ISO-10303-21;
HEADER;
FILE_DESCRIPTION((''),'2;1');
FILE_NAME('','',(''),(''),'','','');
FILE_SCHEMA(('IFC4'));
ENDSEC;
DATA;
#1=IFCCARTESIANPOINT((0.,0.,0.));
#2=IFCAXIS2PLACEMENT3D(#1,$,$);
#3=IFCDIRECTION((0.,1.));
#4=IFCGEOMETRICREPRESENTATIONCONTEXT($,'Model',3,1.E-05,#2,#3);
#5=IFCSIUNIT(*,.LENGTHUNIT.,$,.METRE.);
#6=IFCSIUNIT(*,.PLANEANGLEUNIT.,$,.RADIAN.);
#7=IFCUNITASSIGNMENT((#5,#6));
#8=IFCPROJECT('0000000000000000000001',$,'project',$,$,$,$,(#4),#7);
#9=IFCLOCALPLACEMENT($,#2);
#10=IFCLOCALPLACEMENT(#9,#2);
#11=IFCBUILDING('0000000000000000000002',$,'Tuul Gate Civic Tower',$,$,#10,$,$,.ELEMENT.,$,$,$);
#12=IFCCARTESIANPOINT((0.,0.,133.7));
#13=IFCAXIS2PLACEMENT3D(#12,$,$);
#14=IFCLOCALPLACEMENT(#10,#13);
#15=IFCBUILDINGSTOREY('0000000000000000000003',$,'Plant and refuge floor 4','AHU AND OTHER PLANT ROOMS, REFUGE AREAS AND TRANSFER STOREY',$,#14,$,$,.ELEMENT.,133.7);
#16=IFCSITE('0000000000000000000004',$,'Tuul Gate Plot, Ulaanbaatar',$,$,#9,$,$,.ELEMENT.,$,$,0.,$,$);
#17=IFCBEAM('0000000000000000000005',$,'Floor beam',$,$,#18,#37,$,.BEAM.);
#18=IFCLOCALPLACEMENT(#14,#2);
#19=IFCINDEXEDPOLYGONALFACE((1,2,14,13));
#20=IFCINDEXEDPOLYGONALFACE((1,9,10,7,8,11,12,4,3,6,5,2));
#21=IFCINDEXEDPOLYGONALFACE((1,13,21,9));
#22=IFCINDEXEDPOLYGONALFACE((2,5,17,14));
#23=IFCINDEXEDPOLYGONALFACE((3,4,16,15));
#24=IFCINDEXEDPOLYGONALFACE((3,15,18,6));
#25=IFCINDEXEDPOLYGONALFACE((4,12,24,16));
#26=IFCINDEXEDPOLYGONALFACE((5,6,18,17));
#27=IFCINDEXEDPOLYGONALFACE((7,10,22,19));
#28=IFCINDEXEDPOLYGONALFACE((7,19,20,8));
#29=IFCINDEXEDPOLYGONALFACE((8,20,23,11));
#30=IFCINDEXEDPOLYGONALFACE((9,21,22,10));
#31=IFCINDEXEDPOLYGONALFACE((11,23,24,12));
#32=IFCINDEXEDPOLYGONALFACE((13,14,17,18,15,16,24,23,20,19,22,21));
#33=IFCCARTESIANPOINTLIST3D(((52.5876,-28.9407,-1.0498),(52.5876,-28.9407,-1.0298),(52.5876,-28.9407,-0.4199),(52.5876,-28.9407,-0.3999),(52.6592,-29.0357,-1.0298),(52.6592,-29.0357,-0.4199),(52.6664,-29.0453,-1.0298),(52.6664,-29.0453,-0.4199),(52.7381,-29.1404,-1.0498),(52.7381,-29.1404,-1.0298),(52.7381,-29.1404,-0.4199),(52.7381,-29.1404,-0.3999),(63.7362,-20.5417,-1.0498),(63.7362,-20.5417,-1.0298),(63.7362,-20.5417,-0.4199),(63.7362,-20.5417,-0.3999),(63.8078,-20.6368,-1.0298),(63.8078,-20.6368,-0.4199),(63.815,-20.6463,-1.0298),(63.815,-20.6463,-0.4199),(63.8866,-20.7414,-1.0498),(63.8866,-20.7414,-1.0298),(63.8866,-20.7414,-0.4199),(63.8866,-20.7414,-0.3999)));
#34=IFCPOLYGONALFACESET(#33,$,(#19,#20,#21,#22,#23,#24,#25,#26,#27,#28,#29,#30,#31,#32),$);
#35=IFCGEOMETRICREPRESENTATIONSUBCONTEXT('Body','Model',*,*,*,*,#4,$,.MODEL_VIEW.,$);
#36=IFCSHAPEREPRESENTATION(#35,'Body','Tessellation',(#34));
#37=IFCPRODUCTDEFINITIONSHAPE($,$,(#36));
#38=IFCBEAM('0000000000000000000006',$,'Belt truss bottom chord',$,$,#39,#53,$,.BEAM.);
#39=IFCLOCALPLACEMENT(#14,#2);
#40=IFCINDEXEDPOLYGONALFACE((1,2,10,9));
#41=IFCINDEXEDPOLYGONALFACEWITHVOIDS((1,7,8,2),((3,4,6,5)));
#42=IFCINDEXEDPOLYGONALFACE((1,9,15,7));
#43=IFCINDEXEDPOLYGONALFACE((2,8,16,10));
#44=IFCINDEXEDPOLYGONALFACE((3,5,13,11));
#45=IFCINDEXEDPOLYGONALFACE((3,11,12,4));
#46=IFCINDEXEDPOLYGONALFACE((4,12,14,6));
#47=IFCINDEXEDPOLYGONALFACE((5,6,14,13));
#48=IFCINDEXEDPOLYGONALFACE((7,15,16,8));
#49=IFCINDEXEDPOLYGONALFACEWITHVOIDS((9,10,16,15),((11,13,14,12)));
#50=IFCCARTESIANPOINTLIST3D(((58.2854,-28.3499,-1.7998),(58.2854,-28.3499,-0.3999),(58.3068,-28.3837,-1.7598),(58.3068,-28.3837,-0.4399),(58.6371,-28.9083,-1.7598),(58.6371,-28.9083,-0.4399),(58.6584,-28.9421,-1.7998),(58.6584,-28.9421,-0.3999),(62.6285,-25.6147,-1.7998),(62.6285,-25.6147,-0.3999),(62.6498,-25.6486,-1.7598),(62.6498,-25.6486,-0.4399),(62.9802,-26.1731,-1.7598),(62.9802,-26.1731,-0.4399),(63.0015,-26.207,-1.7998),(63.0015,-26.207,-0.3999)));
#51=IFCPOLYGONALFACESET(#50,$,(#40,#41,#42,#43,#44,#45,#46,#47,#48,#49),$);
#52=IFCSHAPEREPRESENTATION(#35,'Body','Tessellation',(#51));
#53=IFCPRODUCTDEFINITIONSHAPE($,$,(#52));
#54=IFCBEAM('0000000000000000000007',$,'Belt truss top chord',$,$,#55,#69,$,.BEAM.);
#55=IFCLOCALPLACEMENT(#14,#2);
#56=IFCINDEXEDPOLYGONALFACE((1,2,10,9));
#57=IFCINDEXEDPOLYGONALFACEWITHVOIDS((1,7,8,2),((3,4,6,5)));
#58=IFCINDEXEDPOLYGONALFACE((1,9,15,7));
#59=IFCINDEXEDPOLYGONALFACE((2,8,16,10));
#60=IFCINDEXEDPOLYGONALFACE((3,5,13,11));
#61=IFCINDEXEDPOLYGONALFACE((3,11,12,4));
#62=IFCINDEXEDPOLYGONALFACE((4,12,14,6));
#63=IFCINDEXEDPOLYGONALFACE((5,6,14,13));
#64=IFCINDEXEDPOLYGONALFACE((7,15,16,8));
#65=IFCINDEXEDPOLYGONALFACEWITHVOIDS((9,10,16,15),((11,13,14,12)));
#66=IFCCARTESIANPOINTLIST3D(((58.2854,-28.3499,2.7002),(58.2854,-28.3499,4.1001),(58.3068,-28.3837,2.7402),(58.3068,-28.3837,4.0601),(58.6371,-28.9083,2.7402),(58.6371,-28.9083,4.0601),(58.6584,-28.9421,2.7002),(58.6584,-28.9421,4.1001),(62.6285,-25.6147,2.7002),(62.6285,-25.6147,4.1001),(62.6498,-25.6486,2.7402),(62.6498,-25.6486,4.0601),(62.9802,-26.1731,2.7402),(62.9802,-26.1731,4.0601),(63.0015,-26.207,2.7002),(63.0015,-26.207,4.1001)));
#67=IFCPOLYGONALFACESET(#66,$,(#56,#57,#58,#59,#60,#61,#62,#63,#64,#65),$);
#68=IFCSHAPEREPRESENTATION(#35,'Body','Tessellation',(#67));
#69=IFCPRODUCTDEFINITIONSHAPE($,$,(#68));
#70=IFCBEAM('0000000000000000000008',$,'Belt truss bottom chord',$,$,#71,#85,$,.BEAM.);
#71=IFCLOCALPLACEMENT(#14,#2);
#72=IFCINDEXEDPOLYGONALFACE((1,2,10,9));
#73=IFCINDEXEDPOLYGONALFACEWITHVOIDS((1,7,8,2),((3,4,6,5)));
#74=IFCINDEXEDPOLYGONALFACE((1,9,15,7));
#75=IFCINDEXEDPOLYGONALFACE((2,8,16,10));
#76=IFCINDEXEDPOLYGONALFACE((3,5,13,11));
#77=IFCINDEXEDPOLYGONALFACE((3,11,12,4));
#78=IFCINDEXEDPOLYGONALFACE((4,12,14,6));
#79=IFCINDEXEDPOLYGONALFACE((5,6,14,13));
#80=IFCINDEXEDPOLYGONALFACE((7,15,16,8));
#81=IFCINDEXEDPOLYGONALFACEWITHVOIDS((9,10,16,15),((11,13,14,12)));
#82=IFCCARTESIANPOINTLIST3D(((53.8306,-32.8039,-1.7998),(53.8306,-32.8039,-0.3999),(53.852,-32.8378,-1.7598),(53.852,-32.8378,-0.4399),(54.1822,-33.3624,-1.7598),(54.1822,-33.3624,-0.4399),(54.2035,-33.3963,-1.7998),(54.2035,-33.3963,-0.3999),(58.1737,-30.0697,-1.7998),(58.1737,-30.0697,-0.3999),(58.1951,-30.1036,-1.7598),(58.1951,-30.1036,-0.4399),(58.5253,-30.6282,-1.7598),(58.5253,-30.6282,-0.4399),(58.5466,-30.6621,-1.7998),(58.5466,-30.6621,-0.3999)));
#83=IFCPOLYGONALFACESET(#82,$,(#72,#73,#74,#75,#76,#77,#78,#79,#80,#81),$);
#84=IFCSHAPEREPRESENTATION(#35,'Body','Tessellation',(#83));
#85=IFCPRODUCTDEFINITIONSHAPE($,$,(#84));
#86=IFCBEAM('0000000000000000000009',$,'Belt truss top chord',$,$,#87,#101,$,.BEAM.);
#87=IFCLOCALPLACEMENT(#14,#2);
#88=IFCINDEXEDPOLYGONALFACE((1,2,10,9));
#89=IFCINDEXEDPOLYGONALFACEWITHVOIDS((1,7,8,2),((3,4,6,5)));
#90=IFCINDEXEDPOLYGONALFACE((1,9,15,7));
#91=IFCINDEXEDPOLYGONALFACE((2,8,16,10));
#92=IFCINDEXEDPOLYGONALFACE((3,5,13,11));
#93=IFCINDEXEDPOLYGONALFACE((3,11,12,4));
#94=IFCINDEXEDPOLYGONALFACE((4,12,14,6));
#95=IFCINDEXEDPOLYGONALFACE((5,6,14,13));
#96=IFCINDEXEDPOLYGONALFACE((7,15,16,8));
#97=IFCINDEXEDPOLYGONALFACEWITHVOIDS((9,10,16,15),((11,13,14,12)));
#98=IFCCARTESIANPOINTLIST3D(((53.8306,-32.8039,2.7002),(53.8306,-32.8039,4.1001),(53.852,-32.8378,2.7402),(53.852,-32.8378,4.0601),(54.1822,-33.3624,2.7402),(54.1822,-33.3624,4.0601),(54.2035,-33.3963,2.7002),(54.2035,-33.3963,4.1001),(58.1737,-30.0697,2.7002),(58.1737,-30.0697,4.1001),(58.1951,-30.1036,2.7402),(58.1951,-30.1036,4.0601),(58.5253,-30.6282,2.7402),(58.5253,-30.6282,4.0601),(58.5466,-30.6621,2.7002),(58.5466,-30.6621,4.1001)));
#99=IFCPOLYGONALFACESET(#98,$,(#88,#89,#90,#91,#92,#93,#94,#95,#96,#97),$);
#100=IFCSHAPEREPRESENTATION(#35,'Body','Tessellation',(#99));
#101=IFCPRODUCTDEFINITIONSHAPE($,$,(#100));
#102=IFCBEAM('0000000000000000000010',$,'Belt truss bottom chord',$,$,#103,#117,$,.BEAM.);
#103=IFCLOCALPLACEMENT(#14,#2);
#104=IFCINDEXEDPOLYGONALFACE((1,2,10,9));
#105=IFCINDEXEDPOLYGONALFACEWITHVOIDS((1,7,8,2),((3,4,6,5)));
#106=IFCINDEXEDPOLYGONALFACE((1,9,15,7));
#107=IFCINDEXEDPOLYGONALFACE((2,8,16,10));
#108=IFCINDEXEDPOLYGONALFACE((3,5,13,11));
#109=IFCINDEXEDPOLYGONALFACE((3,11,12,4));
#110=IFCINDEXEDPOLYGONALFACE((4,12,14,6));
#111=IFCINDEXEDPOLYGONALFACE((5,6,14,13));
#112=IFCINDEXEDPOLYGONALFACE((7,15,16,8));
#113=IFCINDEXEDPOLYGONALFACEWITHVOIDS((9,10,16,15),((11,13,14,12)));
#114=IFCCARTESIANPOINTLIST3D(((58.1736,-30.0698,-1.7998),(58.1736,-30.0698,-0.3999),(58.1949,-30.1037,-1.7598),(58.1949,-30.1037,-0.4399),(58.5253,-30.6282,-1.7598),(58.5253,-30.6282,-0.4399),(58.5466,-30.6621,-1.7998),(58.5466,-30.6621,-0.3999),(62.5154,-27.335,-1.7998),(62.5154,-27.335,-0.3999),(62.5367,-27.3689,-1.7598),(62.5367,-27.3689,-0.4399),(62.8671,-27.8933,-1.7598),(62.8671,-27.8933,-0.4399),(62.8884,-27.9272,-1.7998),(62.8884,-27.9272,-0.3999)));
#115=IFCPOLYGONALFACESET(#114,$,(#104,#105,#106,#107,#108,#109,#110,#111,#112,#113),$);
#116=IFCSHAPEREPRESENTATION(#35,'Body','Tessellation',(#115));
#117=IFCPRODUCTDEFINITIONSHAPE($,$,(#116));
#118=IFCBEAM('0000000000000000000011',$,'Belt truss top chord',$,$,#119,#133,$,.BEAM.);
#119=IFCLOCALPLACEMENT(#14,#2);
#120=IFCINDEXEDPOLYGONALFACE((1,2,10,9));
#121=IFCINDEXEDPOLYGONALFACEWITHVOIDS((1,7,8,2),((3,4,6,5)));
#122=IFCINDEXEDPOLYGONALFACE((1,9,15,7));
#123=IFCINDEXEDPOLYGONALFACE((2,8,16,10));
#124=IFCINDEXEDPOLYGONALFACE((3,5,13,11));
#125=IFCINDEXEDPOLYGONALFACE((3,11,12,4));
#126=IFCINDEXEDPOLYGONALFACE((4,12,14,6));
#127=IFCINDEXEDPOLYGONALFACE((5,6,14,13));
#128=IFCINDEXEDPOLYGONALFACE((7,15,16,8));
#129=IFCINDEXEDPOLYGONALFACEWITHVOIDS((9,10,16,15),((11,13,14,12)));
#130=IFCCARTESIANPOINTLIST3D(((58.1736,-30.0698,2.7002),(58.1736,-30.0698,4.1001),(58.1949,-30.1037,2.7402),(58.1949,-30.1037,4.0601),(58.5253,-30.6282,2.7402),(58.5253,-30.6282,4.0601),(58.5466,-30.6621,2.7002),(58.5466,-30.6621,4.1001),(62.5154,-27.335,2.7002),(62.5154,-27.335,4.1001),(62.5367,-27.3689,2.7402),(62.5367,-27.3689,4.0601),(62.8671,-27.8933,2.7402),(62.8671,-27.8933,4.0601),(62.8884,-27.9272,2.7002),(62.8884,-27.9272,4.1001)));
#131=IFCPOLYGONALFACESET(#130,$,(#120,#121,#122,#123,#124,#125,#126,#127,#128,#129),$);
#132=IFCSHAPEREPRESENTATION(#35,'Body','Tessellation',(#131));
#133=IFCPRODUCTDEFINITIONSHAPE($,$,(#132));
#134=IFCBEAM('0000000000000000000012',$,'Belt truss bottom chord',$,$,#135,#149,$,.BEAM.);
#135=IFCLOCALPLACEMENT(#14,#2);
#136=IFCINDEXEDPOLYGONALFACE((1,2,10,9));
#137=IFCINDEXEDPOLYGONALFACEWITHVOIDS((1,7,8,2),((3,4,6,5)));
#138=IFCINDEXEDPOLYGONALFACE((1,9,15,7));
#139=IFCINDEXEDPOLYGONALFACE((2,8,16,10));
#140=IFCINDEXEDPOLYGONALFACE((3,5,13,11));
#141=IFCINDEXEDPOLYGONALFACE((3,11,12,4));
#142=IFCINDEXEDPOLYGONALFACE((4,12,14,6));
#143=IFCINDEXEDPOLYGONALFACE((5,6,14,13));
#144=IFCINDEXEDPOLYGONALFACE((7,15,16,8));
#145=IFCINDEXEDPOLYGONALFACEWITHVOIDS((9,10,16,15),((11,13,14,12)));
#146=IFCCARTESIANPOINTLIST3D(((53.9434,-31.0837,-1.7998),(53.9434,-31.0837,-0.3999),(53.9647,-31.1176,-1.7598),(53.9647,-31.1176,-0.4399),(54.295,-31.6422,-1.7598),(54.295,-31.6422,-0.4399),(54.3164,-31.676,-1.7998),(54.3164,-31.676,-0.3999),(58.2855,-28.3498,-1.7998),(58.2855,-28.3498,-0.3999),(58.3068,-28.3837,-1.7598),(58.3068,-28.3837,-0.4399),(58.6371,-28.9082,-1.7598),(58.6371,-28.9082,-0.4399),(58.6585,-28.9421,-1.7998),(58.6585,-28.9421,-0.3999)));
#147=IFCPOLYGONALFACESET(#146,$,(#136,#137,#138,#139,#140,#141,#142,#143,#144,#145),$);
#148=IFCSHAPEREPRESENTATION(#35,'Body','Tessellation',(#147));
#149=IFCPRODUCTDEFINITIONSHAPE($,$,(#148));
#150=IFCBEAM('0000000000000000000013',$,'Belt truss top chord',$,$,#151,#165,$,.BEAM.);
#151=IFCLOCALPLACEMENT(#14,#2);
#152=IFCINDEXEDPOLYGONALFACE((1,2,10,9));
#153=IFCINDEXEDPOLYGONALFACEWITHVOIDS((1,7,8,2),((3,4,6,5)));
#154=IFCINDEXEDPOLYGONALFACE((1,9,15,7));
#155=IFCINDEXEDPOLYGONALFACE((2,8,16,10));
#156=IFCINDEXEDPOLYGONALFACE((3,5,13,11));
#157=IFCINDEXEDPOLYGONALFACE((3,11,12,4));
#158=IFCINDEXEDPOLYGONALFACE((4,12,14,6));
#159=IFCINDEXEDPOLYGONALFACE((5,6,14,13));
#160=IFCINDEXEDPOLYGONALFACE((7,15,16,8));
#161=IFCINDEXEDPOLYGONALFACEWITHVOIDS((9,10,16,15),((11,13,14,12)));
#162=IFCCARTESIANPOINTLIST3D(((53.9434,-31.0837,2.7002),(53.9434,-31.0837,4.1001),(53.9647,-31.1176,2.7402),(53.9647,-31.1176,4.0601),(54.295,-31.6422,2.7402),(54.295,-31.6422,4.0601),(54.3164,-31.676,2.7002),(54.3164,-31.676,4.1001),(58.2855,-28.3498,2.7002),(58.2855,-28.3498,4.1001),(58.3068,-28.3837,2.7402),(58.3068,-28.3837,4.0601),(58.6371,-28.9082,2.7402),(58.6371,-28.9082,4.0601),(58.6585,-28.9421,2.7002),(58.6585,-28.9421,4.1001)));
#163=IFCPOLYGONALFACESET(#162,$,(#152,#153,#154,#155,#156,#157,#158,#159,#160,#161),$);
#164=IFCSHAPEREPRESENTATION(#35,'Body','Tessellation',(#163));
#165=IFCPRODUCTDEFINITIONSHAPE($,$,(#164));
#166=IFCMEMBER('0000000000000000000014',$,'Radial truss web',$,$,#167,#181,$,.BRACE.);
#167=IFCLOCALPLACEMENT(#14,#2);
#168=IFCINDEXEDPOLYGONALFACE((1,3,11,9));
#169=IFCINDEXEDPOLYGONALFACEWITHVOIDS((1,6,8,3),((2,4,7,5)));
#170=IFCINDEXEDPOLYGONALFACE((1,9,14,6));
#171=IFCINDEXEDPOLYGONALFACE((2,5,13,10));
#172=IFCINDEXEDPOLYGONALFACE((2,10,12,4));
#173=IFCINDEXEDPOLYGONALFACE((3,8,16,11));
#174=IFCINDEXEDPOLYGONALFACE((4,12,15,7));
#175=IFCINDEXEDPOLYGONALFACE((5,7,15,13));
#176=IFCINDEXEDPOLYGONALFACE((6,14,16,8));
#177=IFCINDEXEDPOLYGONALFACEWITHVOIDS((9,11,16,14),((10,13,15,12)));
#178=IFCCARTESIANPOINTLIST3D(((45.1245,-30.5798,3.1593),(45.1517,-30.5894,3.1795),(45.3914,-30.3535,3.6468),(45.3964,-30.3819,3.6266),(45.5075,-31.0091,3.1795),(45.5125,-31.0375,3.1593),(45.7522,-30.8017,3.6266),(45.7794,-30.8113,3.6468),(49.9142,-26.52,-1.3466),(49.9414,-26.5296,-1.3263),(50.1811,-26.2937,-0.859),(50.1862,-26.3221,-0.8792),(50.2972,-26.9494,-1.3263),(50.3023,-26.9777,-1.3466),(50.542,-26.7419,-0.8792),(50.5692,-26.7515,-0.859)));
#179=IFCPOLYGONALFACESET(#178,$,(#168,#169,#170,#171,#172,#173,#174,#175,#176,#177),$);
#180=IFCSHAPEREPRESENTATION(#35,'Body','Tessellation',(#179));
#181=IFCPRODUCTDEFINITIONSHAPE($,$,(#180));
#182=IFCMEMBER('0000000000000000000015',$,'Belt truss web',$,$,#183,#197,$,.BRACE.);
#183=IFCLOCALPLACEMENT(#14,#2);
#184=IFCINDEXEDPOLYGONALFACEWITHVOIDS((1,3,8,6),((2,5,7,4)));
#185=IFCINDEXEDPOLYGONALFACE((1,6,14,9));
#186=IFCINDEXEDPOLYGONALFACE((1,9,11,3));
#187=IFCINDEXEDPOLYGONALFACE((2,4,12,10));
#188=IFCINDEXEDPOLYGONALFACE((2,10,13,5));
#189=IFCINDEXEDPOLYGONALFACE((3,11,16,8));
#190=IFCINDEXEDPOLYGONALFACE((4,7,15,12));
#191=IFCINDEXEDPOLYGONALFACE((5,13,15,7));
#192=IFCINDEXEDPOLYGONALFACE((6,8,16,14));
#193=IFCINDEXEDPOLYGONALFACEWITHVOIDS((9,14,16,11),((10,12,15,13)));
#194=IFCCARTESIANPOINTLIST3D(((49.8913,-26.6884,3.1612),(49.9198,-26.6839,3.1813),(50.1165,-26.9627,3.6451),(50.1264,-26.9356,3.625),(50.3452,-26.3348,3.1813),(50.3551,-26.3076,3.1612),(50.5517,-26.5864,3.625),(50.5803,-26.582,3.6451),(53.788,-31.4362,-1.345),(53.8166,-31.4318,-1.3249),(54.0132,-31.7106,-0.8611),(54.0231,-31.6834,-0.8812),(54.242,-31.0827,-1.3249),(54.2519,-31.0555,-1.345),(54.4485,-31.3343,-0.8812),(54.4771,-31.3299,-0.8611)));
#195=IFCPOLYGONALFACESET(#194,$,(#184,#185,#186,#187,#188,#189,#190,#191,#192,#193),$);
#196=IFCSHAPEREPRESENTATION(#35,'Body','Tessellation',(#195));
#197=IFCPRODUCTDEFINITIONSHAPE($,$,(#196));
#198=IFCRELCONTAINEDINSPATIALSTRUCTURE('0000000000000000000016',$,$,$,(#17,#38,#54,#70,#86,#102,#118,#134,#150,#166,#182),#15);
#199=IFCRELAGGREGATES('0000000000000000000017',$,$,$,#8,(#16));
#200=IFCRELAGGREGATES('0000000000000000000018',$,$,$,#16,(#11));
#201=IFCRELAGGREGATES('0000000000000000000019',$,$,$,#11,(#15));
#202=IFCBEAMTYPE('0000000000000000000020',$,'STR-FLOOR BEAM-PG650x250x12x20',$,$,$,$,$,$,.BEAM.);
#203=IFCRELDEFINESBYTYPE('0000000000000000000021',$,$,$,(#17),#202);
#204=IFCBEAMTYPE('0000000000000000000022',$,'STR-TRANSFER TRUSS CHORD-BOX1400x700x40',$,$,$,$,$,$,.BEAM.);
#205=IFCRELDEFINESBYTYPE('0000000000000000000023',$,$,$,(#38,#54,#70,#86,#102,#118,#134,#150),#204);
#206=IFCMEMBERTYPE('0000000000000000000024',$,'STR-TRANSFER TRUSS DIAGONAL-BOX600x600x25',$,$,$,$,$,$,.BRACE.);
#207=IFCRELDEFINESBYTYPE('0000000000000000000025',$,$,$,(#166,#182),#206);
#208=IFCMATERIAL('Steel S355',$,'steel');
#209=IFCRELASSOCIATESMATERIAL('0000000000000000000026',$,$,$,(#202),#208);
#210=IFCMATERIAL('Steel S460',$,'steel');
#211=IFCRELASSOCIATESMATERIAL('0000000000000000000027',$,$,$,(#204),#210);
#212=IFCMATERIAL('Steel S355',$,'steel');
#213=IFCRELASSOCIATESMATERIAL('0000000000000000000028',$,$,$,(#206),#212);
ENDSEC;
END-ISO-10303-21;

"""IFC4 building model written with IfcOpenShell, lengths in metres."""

from ifc_helpers import new_model, si_unit, direction, frame, origin, origin_2d, place, context, subcontext, project, spatial, hollow_rectangle, i_section, extrude, material, material_profile, profile_set, type_object, element, save


model = new_model("IFC4")

# Units and contexts
model_context = context("Model", 3, precision=1e-05, world=origin(), true_north=direction((0.0, 1.0)))
body_context = subcontext(model_context, "Body", "Model", "MODEL_VIEW")
ifc_project = project(units=[si_unit("LENGTHUNIT", "METRE"), si_unit("PLANEANGLEUNIT", "RADIAN")], contexts=[model_context])

# Site, building, storey
site_placement = place(None, origin())
site = spatial("IfcSite", under=ifc_project, at=site_placement, Name="Tuul Gate Plot, Ulaanbaatar", CompositionType="ELEMENT", RefElevation=0.0)
building_placement = place(site_placement, origin())
building = spatial("IfcBuilding", under=site, at=building_placement, Name="Tuul Gate Civic Tower", CompositionType="ELEMENT")
storey_placement = place(building_placement, frame((0.0, 0.0, 133.7)))
storey = spatial("IfcBuildingStorey", under=building, at=storey_placement, Name="Plant and refuge floor 4", Description="AHU AND OTHER PLANT ROOMS, REFUGE AREAS AND TRANSFER STOREY", CompositionType="ELEMENT", Elevation=133.7)

# Beams
ifc_material_1 = material(Name="Steel S355", Category="steel")
ifc_material_profile_1 = material_profile(ifc_material_1, i_section(OverallWidth=0.25, OverallDepth=0.6499, WebThickness=0.012, FlangeThickness=0.02, at=origin_2d()), Name="PG650x250x12x20")
ifc_profile_set_1 = profile_set([ifc_material_profile_1], Name="Steel S355")
beam_type_1 = type_object("IfcBeamType", Name="STR-FLOOR BEAM-PG650x250x12x20", PredefinedType="BEAM", material=ifc_profile_set_1)
beam_placement = place(storey_placement, frame((52.6628, -29.0405, -0.7249), z_axis=(0.798705, 0.601723, 0.0), x_axis=(-0.601723, 0.798705, 0.0)))
element("IfcBeam", 1, at=beam_placement, inside=storey, type_object=beam_type_1, Name="Floor beam", PredefinedType="BEAM", context=body_context, shape_type="SweptSolid", body=[
    extrude(i_section(OverallWidth=0.25, OverallDepth=0.6499, WebThickness=0.012, FlangeThickness=0.02, at=origin_2d()), origin(), (0.0, 0.0, 1.0), 13.9583),
])
ifc_material_2 = material(Name="Steel S460", Category="steel")
ifc_material_profile_2 = material_profile(ifc_material_2, hollow_rectangle(XDim=0.7, YDim=1.3999, WallThickness=0.04, at=origin_2d()), Name="BOX1400x700x40")
ifc_profile_set_2 = profile_set([ifc_material_profile_2], Name="Steel S460")
beam_type_2 = type_object("IfcBeamType", Name="STR-TRANSFER TRUSS CHORD-BOX1400x700x40", PredefinedType="BEAM", material=ifc_profile_set_2)
for number, where, z_axis, x_axis, name in (
    (2, (58.4719, -28.646, -1.0999), (0.846179, 0.532899, 0.0), (-0.532899, 0.846179, 0.0), "Belt truss bottom chord"),
    (3, (58.4719, -28.646, 3.4001), (0.846179, 0.532899, 0.0), (-0.532899, 0.846179, 0.0), "Belt truss top chord"),
):
    element("IfcBeam", number, at=place(storey_placement, frame(where, z_axis=z_axis, x_axis=x_axis)), inside=storey, type_object=beam_type_2, Name=name, PredefinedType="BEAM", context=body_context, shape_type="SweptSolid", body=[
        extrude(hollow_rectangle(XDim=0.7, YDim=1.3999, WallThickness=0.04, at=origin_2d()), origin(), (0.0, 0.0, 1.0), 5.1326),
    ])
for number, where, z_axis, x_axis, name in (
    (4, (54.0171, -33.1001, -1.0999), (0.846265, 0.532763, 0.0), (-0.532763, 0.846265, 0.0), "Belt truss bottom chord"),
    (5, (54.0171, -33.1001, 3.4001), (0.846265, 0.532763, 0.0), (-0.532763, 0.846265, 0.0), "Belt truss top chord"),
):
    element("IfcBeam", number, at=place(storey_placement, frame(where, z_axis=z_axis, x_axis=x_axis)), inside=storey, type_object=beam_type_2, Name=name, PredefinedType="BEAM", context=body_context, shape_type="SweptSolid", body=[
        extrude(hollow_rectangle(XDim=0.7, YDim=1.3999, WallThickness=0.04, at=origin_2d()), origin(), (0.0, 0.0, 1.0), 5.1321),
    ])
for number, where, z_axis, x_axis, name in (
    (6, (58.3601, -30.366, -1.0999), (0.846133, 0.532972, 0.0), (-0.532972, 0.846133, 0.0), "Belt truss bottom chord"),
    (7, (58.3601, -30.366, 3.4001), (0.846133, 0.532972, 0.0), (-0.532972, 0.846133, 0.0), "Belt truss top chord"),
):
    element("IfcBeam", number, at=place(storey_placement, frame(where, z_axis=z_axis, x_axis=x_axis)), inside=storey, type_object=beam_type_2, Name=name, PredefinedType="BEAM", context=body_context, shape_type="SweptSolid", body=[
        extrude(hollow_rectangle(XDim=0.7, YDim=1.3999, WallThickness=0.04, at=origin_2d()), origin(), (0.0, 0.0, 1.0), 5.1313),
    ])
for number, where, z_axis, x_axis, name in (
    (8, (54.1299, -31.3799, -1.0999), (0.846232, 0.532815, 0.0), (-0.532815, 0.846232, 0.0), "Belt truss bottom chord"),
    (9, (54.1299, -31.3799, 3.4001), (0.846232, 0.532815, 0.0), (-0.532815, 0.846232, 0.0), "Belt truss top chord"),
):
    element("IfcBeam", number, at=place(storey_placement, frame(where, z_axis=z_axis, x_axis=x_axis)), inside=storey, type_object=beam_type_2, Name=name, PredefinedType="BEAM", context=body_context, shape_type="SweptSolid", body=[
        extrude(hollow_rectangle(XDim=0.7, YDim=1.3999, WallThickness=0.04, at=origin_2d()), origin(), (0.0, 0.0, 1.0), 5.1311),
    ])

# Members
ifc_material_3 = material(Name="Steel S355", Category="steel")
ifc_material_profile_3 = material_profile(ifc_material_3, hollow_rectangle(XDim=0.6001, YDim=0.6001, WallThickness=0.0249, at=origin_2d()), Name="BOX600x600x25")
ifc_profile_set_3 = profile_set([ifc_material_profile_3], Name="Steel S355")
member_type_1 = type_object("IfcMemberType", Name="STR-TRANSFER TRUSS DIAGONAL-BOX600x600x25", PredefinedType="BRACE", material=ifc_profile_set_3)
member_1_placement = place(storey_placement, frame((50.2417, -26.6357, -1.1028), z_axis=(-0.619771, -0.525316, 0.583032), x_axis=(0.646583, -0.762843, 0.0)))
element("IfcMember", 10, at=member_1_placement, inside=storey, type_object=member_type_1, Name="Radial truss web", PredefinedType="BRACE", context=body_context, shape_type="SweptSolid", body=[
    extrude(hollow_rectangle(XDim=0.6001, YDim=0.6001, WallThickness=0.0249, at=origin_2d()), origin(), (0.0, 0.0, 1.0), 7.7283),
])
member_2_placement = place(storey_placement, frame((54.1326, -31.3831, -1.103), z_axis=(-0.511528, 0.62325, 0.591522), x_axis=(-0.772986, -0.634423, 0.0)))
element("IfcMember", 11, at=member_2_placement, inside=storey, type_object=member_type_1, Name="Belt truss web", PredefinedType="BRACE", context=body_context, shape_type="SweptSolid", body=[
    extrude(hollow_rectangle(XDim=0.6001, YDim=0.6001, WallThickness=0.0249, at=origin_2d()), origin(), (0.0, 0.0, 1.0), 7.6179),
])

save(model, "model.ifc")
